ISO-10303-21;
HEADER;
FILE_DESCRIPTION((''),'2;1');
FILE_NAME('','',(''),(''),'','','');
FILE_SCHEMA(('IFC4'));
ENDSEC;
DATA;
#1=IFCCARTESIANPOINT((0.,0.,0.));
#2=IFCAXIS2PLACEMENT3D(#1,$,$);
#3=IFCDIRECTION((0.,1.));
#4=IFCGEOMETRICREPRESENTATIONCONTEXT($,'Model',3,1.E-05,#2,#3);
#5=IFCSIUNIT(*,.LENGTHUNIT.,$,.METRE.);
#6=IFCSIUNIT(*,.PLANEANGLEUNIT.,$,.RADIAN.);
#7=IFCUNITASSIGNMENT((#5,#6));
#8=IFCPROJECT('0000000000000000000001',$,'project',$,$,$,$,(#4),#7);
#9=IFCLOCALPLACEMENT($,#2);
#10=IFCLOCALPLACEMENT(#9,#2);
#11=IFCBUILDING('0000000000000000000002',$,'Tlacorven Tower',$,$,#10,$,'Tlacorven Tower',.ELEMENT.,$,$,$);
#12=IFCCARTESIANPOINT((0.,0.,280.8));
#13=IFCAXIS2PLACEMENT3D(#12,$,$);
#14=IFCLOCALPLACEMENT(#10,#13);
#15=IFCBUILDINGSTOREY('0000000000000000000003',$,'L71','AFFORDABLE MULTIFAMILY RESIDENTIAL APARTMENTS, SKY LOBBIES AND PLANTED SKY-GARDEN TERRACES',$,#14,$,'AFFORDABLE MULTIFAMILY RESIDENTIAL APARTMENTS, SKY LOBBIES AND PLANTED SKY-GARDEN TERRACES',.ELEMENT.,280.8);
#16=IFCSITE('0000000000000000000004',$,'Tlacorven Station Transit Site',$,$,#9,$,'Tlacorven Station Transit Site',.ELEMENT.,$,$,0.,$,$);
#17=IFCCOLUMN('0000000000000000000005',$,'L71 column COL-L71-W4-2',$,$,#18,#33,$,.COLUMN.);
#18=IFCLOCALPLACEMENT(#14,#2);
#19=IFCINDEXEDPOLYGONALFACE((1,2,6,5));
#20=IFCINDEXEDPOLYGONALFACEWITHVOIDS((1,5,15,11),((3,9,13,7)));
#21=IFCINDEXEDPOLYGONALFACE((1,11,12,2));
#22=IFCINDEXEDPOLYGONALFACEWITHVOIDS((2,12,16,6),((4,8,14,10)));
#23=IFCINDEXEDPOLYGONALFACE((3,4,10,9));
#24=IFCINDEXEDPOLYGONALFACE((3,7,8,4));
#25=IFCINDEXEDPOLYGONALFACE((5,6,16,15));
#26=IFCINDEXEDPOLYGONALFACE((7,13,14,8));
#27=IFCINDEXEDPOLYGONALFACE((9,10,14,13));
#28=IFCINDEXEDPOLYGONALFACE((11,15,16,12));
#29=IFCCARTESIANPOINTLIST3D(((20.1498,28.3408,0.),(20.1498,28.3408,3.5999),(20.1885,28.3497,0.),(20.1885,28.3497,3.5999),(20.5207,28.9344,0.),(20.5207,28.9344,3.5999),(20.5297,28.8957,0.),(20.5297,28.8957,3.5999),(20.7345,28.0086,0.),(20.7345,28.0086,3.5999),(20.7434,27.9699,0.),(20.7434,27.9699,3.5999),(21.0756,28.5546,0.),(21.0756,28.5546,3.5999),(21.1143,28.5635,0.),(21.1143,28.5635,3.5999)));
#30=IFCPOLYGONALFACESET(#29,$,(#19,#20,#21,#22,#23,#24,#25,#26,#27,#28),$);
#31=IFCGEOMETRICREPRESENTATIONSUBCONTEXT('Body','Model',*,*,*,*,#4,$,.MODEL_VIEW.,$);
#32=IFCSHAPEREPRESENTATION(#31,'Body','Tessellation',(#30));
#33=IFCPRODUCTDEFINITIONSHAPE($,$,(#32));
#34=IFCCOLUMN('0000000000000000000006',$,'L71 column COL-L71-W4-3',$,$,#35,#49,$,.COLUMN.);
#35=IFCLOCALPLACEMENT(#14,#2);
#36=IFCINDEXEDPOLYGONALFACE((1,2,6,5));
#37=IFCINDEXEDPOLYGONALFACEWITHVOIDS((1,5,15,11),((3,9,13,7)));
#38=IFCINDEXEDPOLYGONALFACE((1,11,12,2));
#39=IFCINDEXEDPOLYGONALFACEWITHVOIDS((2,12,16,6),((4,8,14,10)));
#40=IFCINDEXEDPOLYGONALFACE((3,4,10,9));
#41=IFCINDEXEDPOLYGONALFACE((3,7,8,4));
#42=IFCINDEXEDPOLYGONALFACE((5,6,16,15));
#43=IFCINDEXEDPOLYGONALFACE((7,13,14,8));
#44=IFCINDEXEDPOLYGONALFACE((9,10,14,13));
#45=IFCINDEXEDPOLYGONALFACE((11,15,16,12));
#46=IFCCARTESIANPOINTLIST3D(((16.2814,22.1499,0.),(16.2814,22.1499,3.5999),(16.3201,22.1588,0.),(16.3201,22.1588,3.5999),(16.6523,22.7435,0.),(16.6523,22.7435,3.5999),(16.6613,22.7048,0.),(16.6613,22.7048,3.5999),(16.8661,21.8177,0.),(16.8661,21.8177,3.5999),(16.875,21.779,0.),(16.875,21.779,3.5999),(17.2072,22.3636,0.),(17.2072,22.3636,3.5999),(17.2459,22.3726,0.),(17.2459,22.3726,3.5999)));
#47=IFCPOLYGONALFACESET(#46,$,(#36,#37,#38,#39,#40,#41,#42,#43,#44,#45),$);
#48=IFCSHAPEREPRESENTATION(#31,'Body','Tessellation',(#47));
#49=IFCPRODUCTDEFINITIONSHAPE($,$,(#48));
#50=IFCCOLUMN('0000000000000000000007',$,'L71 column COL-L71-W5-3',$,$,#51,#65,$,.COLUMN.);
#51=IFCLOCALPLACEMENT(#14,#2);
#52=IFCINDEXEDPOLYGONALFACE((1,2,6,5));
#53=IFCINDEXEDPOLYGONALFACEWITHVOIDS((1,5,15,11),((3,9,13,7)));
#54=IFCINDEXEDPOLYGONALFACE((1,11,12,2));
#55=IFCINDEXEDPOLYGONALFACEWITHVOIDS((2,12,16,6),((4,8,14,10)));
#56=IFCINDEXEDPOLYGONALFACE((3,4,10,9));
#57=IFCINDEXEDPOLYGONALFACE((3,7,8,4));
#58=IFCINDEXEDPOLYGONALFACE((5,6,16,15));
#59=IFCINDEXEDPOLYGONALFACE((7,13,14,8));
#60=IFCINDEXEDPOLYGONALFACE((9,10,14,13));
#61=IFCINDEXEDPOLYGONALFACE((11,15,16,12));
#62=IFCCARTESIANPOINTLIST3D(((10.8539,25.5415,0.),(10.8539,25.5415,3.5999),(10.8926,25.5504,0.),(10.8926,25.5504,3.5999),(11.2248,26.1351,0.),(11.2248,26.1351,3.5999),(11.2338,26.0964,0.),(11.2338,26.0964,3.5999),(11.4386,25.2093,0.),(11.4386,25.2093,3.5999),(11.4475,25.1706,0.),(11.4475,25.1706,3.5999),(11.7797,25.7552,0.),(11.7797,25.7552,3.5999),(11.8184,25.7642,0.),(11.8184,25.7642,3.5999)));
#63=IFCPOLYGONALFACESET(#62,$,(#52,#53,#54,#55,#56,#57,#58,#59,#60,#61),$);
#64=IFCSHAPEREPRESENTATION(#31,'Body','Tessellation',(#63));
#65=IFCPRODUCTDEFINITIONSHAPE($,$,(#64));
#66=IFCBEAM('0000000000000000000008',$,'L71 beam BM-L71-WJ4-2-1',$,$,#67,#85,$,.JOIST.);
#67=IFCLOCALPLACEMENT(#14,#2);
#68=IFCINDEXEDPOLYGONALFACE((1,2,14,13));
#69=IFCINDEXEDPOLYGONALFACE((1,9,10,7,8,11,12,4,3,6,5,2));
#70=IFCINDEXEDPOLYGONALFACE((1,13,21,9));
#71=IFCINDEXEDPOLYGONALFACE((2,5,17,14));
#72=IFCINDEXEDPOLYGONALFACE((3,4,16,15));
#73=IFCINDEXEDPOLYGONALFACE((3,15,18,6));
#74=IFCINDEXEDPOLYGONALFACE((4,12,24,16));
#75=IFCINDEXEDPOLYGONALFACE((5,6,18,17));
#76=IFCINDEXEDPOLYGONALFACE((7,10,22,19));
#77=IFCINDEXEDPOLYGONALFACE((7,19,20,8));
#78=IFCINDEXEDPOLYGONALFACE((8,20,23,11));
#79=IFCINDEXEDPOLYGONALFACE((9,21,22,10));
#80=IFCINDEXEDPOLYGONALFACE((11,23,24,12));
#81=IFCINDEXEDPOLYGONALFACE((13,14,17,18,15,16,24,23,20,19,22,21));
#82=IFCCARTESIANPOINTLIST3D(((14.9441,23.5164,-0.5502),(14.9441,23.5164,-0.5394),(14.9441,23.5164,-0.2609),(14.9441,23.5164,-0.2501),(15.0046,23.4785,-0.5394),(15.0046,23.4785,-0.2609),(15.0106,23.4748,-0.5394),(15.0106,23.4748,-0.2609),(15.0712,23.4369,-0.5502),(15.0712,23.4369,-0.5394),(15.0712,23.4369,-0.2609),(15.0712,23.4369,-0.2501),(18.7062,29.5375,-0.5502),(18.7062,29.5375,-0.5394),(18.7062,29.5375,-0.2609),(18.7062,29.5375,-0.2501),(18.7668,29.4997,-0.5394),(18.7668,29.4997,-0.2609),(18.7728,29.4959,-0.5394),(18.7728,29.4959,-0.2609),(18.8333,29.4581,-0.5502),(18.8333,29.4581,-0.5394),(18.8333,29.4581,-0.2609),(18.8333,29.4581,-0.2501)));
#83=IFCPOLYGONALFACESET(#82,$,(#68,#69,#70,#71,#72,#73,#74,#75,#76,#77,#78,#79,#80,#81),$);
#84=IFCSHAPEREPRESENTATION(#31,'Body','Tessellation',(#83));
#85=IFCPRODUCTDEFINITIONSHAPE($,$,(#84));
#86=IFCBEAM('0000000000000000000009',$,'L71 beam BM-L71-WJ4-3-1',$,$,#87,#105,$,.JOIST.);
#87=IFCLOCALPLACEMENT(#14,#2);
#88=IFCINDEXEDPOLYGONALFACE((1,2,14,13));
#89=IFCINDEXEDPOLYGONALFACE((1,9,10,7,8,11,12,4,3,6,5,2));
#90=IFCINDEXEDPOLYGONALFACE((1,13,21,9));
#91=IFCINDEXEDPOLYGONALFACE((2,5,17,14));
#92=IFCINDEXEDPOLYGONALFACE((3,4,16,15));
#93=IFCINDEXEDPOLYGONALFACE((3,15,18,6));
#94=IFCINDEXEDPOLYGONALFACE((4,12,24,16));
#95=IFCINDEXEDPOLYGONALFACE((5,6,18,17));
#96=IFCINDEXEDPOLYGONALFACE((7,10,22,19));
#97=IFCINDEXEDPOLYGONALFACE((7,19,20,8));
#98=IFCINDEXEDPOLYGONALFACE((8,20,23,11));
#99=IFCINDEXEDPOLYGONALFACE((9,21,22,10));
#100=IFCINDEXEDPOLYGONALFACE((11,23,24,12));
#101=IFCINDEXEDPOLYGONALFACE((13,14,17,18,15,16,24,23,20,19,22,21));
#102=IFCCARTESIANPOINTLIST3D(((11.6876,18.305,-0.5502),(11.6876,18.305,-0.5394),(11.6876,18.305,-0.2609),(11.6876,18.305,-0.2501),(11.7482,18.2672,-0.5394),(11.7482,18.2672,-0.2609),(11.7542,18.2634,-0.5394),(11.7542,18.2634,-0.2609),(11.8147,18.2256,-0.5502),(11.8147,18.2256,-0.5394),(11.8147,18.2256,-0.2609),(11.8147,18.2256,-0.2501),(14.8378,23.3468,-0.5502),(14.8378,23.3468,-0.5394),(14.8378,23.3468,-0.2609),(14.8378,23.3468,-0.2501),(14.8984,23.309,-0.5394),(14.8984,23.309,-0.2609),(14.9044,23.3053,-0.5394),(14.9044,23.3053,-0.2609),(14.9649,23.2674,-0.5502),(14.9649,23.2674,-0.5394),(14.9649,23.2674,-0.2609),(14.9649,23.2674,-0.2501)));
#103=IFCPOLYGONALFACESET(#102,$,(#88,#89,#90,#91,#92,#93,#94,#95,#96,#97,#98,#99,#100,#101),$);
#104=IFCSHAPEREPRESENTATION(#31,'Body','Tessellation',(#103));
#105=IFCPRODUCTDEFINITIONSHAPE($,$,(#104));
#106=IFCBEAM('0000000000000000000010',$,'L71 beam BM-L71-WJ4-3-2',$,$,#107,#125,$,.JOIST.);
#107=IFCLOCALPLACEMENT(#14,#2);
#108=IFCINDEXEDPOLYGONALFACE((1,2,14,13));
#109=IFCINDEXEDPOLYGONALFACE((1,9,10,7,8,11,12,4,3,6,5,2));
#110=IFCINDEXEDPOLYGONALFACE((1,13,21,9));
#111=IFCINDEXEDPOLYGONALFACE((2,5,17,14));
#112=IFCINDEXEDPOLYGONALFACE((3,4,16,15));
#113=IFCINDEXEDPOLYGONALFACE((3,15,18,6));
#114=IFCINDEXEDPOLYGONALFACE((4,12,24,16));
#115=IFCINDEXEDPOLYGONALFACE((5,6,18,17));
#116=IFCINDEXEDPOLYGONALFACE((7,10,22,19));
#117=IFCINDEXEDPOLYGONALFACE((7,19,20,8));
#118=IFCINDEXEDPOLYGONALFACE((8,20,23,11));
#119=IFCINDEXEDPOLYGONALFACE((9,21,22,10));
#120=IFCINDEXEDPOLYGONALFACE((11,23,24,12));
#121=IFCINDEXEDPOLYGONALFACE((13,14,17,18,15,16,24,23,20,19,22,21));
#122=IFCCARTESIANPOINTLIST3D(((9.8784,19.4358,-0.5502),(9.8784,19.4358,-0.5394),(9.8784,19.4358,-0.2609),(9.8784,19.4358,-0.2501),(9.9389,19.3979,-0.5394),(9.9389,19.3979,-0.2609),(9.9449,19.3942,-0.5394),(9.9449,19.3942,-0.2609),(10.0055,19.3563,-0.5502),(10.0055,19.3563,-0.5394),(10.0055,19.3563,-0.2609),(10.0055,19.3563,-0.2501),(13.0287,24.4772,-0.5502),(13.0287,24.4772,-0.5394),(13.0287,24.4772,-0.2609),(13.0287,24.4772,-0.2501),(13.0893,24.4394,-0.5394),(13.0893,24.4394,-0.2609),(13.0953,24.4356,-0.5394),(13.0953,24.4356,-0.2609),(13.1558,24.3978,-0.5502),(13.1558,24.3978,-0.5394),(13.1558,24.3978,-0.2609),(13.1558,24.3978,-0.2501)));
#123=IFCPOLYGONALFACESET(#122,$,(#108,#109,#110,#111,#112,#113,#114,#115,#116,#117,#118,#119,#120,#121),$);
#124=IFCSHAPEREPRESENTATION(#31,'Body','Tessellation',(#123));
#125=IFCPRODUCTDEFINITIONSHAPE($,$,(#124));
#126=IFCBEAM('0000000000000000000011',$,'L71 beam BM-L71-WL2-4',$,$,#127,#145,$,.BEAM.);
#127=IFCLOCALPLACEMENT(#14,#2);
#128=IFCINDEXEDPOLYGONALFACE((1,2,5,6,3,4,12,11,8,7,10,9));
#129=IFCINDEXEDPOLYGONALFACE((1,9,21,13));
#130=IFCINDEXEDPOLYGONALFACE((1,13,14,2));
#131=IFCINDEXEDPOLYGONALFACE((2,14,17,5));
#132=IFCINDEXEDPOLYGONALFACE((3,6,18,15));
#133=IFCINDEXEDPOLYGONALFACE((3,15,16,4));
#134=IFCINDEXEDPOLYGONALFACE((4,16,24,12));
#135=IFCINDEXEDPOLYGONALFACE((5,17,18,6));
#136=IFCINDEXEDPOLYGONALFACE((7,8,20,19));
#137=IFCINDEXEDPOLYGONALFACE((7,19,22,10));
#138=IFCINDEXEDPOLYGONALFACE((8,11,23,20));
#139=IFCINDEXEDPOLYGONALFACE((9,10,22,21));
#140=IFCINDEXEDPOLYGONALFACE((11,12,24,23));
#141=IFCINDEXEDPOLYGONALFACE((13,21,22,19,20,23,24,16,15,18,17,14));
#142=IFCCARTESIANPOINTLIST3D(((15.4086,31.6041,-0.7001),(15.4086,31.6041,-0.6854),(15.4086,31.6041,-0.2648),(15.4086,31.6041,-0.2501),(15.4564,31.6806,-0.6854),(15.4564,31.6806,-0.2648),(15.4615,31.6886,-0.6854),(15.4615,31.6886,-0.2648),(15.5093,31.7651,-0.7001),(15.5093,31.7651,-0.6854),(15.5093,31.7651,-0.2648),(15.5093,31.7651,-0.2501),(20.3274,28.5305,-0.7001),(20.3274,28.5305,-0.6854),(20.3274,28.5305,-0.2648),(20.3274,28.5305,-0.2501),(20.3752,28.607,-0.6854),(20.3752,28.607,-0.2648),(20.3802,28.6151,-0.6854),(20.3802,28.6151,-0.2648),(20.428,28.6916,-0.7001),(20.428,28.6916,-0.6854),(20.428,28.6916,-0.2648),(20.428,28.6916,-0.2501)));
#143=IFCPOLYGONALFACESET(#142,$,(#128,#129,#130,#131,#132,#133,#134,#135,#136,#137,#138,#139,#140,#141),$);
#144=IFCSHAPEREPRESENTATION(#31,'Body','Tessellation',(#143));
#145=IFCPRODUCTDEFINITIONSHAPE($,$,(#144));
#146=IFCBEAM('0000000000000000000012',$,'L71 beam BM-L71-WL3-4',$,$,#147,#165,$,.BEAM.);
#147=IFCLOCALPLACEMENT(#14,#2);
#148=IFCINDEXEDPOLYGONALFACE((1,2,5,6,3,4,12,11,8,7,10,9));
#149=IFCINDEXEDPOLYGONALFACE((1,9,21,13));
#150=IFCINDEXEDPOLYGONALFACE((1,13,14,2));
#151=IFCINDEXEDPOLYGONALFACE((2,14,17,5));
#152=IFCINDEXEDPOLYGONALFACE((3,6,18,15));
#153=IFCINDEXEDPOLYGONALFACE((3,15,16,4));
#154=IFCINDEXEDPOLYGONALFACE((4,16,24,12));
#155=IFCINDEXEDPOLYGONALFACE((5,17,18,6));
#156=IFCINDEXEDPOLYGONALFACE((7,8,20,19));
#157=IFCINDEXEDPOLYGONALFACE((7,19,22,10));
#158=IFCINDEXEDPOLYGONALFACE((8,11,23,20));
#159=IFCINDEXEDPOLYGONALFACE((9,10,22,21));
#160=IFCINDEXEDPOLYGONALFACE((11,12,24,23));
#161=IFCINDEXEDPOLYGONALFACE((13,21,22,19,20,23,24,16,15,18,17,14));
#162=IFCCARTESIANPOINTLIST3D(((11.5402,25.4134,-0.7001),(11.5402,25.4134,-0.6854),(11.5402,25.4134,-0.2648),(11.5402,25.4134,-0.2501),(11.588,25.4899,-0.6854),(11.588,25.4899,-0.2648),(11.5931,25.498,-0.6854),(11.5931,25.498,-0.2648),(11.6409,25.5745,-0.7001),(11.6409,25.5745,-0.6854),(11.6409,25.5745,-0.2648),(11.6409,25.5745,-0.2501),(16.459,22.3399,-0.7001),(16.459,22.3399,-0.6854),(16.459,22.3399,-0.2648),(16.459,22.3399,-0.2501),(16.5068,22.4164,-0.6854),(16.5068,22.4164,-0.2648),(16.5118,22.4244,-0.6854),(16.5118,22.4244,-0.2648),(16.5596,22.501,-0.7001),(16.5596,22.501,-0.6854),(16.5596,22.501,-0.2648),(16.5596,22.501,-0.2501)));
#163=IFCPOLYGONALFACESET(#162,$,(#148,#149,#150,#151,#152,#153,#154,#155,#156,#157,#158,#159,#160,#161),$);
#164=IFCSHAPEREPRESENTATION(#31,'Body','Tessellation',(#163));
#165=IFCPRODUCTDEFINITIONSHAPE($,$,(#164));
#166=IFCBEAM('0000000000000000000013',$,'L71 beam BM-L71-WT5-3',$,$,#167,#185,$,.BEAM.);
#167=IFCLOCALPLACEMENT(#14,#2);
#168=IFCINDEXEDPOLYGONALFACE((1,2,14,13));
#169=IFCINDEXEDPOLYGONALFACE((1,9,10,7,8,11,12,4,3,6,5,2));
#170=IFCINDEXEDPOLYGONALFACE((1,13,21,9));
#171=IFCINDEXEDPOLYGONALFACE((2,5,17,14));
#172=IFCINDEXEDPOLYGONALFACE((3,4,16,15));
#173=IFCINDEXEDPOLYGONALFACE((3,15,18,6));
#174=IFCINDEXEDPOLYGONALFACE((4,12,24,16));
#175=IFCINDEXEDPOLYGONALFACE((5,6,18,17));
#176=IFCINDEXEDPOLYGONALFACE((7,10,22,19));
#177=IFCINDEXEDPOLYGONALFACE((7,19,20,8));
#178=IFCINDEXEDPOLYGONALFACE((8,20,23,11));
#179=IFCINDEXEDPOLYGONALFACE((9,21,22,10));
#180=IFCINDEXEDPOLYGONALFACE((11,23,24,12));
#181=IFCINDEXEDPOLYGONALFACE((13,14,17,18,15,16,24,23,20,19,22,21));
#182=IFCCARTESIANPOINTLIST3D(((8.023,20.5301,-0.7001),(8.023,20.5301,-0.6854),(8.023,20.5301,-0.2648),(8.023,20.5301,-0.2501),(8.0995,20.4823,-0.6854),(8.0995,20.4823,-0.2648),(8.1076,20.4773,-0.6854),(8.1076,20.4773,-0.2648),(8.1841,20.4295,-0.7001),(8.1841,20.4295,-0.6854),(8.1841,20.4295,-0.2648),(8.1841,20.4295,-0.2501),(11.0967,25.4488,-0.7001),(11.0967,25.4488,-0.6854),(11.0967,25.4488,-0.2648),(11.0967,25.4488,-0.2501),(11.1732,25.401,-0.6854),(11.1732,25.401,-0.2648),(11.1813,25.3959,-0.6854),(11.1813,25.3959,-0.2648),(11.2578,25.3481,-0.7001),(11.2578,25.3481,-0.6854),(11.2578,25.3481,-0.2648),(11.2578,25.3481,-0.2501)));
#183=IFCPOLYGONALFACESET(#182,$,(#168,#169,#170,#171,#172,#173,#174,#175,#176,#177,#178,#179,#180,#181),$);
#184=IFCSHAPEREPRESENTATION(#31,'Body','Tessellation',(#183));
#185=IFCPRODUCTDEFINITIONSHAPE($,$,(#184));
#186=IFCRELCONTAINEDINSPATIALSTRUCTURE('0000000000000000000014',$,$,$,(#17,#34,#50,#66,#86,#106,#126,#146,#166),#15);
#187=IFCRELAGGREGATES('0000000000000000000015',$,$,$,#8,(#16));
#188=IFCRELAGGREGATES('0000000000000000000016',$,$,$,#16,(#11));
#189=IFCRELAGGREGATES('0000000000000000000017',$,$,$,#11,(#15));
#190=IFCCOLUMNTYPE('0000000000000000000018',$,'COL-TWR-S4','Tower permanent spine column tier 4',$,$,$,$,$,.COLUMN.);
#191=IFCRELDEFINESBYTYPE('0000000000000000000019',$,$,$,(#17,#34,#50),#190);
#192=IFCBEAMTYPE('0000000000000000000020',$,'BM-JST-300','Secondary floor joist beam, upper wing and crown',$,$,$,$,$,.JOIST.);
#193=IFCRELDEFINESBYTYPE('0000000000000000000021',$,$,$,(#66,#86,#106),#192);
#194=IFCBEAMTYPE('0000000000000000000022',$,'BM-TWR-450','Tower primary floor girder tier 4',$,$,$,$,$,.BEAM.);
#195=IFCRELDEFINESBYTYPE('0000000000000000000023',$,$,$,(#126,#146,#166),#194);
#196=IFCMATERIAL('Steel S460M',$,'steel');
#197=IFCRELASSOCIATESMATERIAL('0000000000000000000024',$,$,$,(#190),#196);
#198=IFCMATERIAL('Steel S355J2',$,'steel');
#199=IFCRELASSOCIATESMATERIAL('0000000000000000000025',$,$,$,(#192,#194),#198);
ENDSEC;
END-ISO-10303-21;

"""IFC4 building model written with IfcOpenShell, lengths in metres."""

from ifc_helpers import new_model, si_unit, direction, frame, origin, origin_2d, place, context, subcontext, project, spatial, hollow_rectangle, i_section, extrude, source, transform, mapped, material, material_profile, profile_set, type_object, element, save


model = new_model("IFC4")

# Units and contexts
model_context = context("Model", 3, precision=1e-05, world=origin(), true_north=direction((0.0, 1.0)))
body_context = subcontext(model_context, "Body", "Model", "MODEL_VIEW")
ifc_project = project(units=[si_unit("LENGTHUNIT", "METRE"), si_unit("PLANEANGLEUNIT", "RADIAN")], contexts=[model_context])

# Site, building, storey
site_placement = place(None, origin())
site = spatial("IfcSite", under=ifc_project, at=site_placement, Name="Tlacorven Station Transit Site", LongName="Tlacorven Station Transit Site", CompositionType="ELEMENT", RefElevation=0.0)
building_placement = place(site_placement, origin())
building = spatial("IfcBuilding", under=site, at=building_placement, Name="Tlacorven Tower", LongName="Tlacorven Tower", CompositionType="ELEMENT")
storey_placement = place(building_placement, frame((0.0, 0.0, 280.8)))
storey = spatial("IfcBuildingStorey", under=building, at=storey_placement, Name="L71", Description="AFFORDABLE MULTIFAMILY RESIDENTIAL APARTMENTS, SKY LOBBIES AND PLANTED SKY-GARDEN TERRACES", LongName="AFFORDABLE MULTIFAMILY RESIDENTIAL APARTMENTS, SKY LOBBIES AND PLANTED SKY-GARDEN TERRACES", CompositionType="ELEMENT", Elevation=280.8)

# Columns
ifc_material_1 = material(Name="Steel S460M", Category="steel")
ifc_material_profile_1 = material_profile(ifc_material_1, hollow_rectangle(XDim=0.7, YDim=0.7, WallThickness=0.0281, at=origin_2d()), Name="BOX 700X700X28")
ifc_profile_set_1 = profile_set([ifc_material_profile_1], Name="Steel S460M")
column_type = type_object("IfcColumnType", Name="COL-TWR-S4", Description="Tower permanent spine column tier 4", PredefinedType="COLUMN", material=ifc_profile_set_1)
shared_shape_1 = source(origin(), body_context, "Body", "SweptSolid", [
    extrude(hollow_rectangle(XDim=0.7, YDim=0.7, WallThickness=0.0281, at=origin_2d()), origin(), (0.0, 0.0, 1.0), 3.5999),
])
for number, where, z_axis, x_axis, name in (
    (1, (20.6321, 28.4521, 0.0), (0.0, 0.0, 1.0), (-0.848048, 0.529919, 0.0), "L71 column COL-L71-W4-2"),
    (2, (16.7637, 22.2612, 0.0), (0.0, 0.0, 1.0), (-0.848048, 0.529919, 0.0), "L71 column COL-L71-W4-3"),
    (3, (11.3362, 25.6528, 0.0), (0.0, 0.0, 1.0), (-0.848048, 0.529919, 0.0), "L71 column COL-L71-W5-3"),
):
    element("IfcColumn", number, at=place(storey_placement, frame(where, z_axis=z_axis, x_axis=x_axis)), inside=storey, type_object=column_type, Name=name, PredefinedType="COLUMN", context=body_context, shape_type="MappedRepresentation", body=[
        mapped(shared_shape_1, transform((0.0, 0.0, 0.0), scale=1.0)),
    ])

# Beams
ifc_material_2 = material(Name="Steel S355J2", Category="steel")
ifc_material_profile_2 = material_profile(ifc_material_2, i_section(OverallWidth=0.1499, OverallDepth=0.3, WebThickness=0.0071, FlangeThickness=0.0107, at=origin_2d()), Name="IPE 300")
ifc_profile_set_2 = profile_set([ifc_material_profile_2], Name="Steel S355J2")
beam_type_1 = type_object("IfcBeamType", Name="BM-JST-300", Description="Secondary floor joist beam, upper wing and crown", PredefinedType="JOIST", material=ifc_profile_set_2)
shared_shape_2 = source(origin(), body_context, "Body", "SweptSolid", [
    extrude(i_section(OverallWidth=0.1499, OverallDepth=0.3, WebThickness=0.0071, FlangeThickness=0.0107, at=origin_2d()), origin(), (0.0, 0.0, 1.0), 7.0999),
])
beam_1_placement = place(storey_placement, frame((18.7698, 29.4978, -0.4001), z_axis=(-0.529891, -0.848066, 0.0), x_axis=(0.848066, -0.529891, 0.0)))
element("IfcBeam", 4, at=beam_1_placement, inside=storey, type_object=beam_type_1, Name="L71 beam BM-L71-WJ4-2-1", PredefinedType="JOIST", context=body_context, shape_type="MappedRepresentation", body=[
    mapped(shared_shape_2, transform((0.0, 0.0, 0.0), scale=1.0)),
])
shared_shape_3 = source(origin(), body_context, "Body", "SweptSolid", [
    extrude(i_section(OverallWidth=0.1499, OverallDepth=0.3, WebThickness=0.0071, FlangeThickness=0.0107, at=origin_2d()), origin(), (0.0, 0.0, 1.0), 5.9451),
])
beam_2_placement = place(storey_placement, frame((14.9014, 23.3071, -0.4001), z_axis=(-0.529885, -0.84807, 0.0), x_axis=(0.84807, -0.529885, 0.0)))
element("IfcBeam", 5, at=beam_2_placement, inside=storey, type_object=beam_type_1, Name="L71 beam BM-L71-WJ4-3-1", PredefinedType="JOIST", context=body_context, shape_type="MappedRepresentation", body=[
    mapped(shared_shape_3, transform((0.0, 0.0, 0.0), scale=1.0)),
])
shared_shape_4 = source(origin(), body_context, "Body", "SweptSolid", [
    extrude(i_section(OverallWidth=0.1499, OverallDepth=0.3, WebThickness=0.0071, FlangeThickness=0.0107, at=origin_2d()), origin(), (0.0, 0.0, 1.0), 5.9448),
])
beam_3_placement = place(storey_placement, frame((13.0923, 24.4375, -0.4001), z_axis=(-0.529932, -0.84804, 0.0), x_axis=(0.84804, -0.529932, 0.0)))
element("IfcBeam", 6, at=beam_3_placement, inside=storey, type_object=beam_type_1, Name="L71 beam BM-L71-WJ4-3-2", PredefinedType="JOIST", context=body_context, shape_type="MappedRepresentation", body=[
    mapped(shared_shape_4, transform((0.0, 0.0, 0.0), scale=1.0)),
])
ifc_material_profile_3 = material_profile(ifc_material_2, i_section(OverallWidth=0.1899, OverallDepth=0.45, WebThickness=0.0095, FlangeThickness=0.0146, at=origin_2d()), Name="IPE 450")
ifc_profile_set_3 = profile_set([ifc_material_profile_3], Name="Steel S355J2")
beam_type_2 = type_object("IfcBeamType", Name="BM-TWR-450", Description="Tower primary floor girder tier 4", PredefinedType="BEAM", material=ifc_profile_set_3)
shared_shape_5 = source(origin(), body_context, "Body", "SweptSolid", [
    extrude(i_section(OverallWidth=0.1899, OverallDepth=0.45, WebThickness=0.0095, FlangeThickness=0.0146, at=origin_2d()), origin(), (0.0, 0.0, 1.0), 5.8),
])
for number, where, z_axis, x_axis, name in (
    (7, (20.3777, 28.6111, -0.4751), (-0.848053, 0.529912, 0.0), (-0.529912, -0.848053, 0.0), "L71 beam BM-L71-WL2-4"),
    (8, (16.5093, 22.4204, -0.4751), (-0.848053, 0.529912, 0.0), (-0.529912, -0.848053, 0.0), "L71 beam BM-L71-WL3-4"),
    (9, (11.1772, 25.3984, -0.4751), (-0.529942, -0.848034, 0.0), (0.848034, -0.529942, 0.0), "L71 beam BM-L71-WT5-3"),
):
    element("IfcBeam", number, at=place(storey_placement, frame(where, z_axis=z_axis, x_axis=x_axis)), inside=storey, type_object=beam_type_2, Name=name, PredefinedType="BEAM", context=body_context, shape_type="MappedRepresentation", body=[
        mapped(shared_shape_5, transform((0.0, 0.0, 0.0), scale=1.0)),
    ])

save(model, "model.ifc")
